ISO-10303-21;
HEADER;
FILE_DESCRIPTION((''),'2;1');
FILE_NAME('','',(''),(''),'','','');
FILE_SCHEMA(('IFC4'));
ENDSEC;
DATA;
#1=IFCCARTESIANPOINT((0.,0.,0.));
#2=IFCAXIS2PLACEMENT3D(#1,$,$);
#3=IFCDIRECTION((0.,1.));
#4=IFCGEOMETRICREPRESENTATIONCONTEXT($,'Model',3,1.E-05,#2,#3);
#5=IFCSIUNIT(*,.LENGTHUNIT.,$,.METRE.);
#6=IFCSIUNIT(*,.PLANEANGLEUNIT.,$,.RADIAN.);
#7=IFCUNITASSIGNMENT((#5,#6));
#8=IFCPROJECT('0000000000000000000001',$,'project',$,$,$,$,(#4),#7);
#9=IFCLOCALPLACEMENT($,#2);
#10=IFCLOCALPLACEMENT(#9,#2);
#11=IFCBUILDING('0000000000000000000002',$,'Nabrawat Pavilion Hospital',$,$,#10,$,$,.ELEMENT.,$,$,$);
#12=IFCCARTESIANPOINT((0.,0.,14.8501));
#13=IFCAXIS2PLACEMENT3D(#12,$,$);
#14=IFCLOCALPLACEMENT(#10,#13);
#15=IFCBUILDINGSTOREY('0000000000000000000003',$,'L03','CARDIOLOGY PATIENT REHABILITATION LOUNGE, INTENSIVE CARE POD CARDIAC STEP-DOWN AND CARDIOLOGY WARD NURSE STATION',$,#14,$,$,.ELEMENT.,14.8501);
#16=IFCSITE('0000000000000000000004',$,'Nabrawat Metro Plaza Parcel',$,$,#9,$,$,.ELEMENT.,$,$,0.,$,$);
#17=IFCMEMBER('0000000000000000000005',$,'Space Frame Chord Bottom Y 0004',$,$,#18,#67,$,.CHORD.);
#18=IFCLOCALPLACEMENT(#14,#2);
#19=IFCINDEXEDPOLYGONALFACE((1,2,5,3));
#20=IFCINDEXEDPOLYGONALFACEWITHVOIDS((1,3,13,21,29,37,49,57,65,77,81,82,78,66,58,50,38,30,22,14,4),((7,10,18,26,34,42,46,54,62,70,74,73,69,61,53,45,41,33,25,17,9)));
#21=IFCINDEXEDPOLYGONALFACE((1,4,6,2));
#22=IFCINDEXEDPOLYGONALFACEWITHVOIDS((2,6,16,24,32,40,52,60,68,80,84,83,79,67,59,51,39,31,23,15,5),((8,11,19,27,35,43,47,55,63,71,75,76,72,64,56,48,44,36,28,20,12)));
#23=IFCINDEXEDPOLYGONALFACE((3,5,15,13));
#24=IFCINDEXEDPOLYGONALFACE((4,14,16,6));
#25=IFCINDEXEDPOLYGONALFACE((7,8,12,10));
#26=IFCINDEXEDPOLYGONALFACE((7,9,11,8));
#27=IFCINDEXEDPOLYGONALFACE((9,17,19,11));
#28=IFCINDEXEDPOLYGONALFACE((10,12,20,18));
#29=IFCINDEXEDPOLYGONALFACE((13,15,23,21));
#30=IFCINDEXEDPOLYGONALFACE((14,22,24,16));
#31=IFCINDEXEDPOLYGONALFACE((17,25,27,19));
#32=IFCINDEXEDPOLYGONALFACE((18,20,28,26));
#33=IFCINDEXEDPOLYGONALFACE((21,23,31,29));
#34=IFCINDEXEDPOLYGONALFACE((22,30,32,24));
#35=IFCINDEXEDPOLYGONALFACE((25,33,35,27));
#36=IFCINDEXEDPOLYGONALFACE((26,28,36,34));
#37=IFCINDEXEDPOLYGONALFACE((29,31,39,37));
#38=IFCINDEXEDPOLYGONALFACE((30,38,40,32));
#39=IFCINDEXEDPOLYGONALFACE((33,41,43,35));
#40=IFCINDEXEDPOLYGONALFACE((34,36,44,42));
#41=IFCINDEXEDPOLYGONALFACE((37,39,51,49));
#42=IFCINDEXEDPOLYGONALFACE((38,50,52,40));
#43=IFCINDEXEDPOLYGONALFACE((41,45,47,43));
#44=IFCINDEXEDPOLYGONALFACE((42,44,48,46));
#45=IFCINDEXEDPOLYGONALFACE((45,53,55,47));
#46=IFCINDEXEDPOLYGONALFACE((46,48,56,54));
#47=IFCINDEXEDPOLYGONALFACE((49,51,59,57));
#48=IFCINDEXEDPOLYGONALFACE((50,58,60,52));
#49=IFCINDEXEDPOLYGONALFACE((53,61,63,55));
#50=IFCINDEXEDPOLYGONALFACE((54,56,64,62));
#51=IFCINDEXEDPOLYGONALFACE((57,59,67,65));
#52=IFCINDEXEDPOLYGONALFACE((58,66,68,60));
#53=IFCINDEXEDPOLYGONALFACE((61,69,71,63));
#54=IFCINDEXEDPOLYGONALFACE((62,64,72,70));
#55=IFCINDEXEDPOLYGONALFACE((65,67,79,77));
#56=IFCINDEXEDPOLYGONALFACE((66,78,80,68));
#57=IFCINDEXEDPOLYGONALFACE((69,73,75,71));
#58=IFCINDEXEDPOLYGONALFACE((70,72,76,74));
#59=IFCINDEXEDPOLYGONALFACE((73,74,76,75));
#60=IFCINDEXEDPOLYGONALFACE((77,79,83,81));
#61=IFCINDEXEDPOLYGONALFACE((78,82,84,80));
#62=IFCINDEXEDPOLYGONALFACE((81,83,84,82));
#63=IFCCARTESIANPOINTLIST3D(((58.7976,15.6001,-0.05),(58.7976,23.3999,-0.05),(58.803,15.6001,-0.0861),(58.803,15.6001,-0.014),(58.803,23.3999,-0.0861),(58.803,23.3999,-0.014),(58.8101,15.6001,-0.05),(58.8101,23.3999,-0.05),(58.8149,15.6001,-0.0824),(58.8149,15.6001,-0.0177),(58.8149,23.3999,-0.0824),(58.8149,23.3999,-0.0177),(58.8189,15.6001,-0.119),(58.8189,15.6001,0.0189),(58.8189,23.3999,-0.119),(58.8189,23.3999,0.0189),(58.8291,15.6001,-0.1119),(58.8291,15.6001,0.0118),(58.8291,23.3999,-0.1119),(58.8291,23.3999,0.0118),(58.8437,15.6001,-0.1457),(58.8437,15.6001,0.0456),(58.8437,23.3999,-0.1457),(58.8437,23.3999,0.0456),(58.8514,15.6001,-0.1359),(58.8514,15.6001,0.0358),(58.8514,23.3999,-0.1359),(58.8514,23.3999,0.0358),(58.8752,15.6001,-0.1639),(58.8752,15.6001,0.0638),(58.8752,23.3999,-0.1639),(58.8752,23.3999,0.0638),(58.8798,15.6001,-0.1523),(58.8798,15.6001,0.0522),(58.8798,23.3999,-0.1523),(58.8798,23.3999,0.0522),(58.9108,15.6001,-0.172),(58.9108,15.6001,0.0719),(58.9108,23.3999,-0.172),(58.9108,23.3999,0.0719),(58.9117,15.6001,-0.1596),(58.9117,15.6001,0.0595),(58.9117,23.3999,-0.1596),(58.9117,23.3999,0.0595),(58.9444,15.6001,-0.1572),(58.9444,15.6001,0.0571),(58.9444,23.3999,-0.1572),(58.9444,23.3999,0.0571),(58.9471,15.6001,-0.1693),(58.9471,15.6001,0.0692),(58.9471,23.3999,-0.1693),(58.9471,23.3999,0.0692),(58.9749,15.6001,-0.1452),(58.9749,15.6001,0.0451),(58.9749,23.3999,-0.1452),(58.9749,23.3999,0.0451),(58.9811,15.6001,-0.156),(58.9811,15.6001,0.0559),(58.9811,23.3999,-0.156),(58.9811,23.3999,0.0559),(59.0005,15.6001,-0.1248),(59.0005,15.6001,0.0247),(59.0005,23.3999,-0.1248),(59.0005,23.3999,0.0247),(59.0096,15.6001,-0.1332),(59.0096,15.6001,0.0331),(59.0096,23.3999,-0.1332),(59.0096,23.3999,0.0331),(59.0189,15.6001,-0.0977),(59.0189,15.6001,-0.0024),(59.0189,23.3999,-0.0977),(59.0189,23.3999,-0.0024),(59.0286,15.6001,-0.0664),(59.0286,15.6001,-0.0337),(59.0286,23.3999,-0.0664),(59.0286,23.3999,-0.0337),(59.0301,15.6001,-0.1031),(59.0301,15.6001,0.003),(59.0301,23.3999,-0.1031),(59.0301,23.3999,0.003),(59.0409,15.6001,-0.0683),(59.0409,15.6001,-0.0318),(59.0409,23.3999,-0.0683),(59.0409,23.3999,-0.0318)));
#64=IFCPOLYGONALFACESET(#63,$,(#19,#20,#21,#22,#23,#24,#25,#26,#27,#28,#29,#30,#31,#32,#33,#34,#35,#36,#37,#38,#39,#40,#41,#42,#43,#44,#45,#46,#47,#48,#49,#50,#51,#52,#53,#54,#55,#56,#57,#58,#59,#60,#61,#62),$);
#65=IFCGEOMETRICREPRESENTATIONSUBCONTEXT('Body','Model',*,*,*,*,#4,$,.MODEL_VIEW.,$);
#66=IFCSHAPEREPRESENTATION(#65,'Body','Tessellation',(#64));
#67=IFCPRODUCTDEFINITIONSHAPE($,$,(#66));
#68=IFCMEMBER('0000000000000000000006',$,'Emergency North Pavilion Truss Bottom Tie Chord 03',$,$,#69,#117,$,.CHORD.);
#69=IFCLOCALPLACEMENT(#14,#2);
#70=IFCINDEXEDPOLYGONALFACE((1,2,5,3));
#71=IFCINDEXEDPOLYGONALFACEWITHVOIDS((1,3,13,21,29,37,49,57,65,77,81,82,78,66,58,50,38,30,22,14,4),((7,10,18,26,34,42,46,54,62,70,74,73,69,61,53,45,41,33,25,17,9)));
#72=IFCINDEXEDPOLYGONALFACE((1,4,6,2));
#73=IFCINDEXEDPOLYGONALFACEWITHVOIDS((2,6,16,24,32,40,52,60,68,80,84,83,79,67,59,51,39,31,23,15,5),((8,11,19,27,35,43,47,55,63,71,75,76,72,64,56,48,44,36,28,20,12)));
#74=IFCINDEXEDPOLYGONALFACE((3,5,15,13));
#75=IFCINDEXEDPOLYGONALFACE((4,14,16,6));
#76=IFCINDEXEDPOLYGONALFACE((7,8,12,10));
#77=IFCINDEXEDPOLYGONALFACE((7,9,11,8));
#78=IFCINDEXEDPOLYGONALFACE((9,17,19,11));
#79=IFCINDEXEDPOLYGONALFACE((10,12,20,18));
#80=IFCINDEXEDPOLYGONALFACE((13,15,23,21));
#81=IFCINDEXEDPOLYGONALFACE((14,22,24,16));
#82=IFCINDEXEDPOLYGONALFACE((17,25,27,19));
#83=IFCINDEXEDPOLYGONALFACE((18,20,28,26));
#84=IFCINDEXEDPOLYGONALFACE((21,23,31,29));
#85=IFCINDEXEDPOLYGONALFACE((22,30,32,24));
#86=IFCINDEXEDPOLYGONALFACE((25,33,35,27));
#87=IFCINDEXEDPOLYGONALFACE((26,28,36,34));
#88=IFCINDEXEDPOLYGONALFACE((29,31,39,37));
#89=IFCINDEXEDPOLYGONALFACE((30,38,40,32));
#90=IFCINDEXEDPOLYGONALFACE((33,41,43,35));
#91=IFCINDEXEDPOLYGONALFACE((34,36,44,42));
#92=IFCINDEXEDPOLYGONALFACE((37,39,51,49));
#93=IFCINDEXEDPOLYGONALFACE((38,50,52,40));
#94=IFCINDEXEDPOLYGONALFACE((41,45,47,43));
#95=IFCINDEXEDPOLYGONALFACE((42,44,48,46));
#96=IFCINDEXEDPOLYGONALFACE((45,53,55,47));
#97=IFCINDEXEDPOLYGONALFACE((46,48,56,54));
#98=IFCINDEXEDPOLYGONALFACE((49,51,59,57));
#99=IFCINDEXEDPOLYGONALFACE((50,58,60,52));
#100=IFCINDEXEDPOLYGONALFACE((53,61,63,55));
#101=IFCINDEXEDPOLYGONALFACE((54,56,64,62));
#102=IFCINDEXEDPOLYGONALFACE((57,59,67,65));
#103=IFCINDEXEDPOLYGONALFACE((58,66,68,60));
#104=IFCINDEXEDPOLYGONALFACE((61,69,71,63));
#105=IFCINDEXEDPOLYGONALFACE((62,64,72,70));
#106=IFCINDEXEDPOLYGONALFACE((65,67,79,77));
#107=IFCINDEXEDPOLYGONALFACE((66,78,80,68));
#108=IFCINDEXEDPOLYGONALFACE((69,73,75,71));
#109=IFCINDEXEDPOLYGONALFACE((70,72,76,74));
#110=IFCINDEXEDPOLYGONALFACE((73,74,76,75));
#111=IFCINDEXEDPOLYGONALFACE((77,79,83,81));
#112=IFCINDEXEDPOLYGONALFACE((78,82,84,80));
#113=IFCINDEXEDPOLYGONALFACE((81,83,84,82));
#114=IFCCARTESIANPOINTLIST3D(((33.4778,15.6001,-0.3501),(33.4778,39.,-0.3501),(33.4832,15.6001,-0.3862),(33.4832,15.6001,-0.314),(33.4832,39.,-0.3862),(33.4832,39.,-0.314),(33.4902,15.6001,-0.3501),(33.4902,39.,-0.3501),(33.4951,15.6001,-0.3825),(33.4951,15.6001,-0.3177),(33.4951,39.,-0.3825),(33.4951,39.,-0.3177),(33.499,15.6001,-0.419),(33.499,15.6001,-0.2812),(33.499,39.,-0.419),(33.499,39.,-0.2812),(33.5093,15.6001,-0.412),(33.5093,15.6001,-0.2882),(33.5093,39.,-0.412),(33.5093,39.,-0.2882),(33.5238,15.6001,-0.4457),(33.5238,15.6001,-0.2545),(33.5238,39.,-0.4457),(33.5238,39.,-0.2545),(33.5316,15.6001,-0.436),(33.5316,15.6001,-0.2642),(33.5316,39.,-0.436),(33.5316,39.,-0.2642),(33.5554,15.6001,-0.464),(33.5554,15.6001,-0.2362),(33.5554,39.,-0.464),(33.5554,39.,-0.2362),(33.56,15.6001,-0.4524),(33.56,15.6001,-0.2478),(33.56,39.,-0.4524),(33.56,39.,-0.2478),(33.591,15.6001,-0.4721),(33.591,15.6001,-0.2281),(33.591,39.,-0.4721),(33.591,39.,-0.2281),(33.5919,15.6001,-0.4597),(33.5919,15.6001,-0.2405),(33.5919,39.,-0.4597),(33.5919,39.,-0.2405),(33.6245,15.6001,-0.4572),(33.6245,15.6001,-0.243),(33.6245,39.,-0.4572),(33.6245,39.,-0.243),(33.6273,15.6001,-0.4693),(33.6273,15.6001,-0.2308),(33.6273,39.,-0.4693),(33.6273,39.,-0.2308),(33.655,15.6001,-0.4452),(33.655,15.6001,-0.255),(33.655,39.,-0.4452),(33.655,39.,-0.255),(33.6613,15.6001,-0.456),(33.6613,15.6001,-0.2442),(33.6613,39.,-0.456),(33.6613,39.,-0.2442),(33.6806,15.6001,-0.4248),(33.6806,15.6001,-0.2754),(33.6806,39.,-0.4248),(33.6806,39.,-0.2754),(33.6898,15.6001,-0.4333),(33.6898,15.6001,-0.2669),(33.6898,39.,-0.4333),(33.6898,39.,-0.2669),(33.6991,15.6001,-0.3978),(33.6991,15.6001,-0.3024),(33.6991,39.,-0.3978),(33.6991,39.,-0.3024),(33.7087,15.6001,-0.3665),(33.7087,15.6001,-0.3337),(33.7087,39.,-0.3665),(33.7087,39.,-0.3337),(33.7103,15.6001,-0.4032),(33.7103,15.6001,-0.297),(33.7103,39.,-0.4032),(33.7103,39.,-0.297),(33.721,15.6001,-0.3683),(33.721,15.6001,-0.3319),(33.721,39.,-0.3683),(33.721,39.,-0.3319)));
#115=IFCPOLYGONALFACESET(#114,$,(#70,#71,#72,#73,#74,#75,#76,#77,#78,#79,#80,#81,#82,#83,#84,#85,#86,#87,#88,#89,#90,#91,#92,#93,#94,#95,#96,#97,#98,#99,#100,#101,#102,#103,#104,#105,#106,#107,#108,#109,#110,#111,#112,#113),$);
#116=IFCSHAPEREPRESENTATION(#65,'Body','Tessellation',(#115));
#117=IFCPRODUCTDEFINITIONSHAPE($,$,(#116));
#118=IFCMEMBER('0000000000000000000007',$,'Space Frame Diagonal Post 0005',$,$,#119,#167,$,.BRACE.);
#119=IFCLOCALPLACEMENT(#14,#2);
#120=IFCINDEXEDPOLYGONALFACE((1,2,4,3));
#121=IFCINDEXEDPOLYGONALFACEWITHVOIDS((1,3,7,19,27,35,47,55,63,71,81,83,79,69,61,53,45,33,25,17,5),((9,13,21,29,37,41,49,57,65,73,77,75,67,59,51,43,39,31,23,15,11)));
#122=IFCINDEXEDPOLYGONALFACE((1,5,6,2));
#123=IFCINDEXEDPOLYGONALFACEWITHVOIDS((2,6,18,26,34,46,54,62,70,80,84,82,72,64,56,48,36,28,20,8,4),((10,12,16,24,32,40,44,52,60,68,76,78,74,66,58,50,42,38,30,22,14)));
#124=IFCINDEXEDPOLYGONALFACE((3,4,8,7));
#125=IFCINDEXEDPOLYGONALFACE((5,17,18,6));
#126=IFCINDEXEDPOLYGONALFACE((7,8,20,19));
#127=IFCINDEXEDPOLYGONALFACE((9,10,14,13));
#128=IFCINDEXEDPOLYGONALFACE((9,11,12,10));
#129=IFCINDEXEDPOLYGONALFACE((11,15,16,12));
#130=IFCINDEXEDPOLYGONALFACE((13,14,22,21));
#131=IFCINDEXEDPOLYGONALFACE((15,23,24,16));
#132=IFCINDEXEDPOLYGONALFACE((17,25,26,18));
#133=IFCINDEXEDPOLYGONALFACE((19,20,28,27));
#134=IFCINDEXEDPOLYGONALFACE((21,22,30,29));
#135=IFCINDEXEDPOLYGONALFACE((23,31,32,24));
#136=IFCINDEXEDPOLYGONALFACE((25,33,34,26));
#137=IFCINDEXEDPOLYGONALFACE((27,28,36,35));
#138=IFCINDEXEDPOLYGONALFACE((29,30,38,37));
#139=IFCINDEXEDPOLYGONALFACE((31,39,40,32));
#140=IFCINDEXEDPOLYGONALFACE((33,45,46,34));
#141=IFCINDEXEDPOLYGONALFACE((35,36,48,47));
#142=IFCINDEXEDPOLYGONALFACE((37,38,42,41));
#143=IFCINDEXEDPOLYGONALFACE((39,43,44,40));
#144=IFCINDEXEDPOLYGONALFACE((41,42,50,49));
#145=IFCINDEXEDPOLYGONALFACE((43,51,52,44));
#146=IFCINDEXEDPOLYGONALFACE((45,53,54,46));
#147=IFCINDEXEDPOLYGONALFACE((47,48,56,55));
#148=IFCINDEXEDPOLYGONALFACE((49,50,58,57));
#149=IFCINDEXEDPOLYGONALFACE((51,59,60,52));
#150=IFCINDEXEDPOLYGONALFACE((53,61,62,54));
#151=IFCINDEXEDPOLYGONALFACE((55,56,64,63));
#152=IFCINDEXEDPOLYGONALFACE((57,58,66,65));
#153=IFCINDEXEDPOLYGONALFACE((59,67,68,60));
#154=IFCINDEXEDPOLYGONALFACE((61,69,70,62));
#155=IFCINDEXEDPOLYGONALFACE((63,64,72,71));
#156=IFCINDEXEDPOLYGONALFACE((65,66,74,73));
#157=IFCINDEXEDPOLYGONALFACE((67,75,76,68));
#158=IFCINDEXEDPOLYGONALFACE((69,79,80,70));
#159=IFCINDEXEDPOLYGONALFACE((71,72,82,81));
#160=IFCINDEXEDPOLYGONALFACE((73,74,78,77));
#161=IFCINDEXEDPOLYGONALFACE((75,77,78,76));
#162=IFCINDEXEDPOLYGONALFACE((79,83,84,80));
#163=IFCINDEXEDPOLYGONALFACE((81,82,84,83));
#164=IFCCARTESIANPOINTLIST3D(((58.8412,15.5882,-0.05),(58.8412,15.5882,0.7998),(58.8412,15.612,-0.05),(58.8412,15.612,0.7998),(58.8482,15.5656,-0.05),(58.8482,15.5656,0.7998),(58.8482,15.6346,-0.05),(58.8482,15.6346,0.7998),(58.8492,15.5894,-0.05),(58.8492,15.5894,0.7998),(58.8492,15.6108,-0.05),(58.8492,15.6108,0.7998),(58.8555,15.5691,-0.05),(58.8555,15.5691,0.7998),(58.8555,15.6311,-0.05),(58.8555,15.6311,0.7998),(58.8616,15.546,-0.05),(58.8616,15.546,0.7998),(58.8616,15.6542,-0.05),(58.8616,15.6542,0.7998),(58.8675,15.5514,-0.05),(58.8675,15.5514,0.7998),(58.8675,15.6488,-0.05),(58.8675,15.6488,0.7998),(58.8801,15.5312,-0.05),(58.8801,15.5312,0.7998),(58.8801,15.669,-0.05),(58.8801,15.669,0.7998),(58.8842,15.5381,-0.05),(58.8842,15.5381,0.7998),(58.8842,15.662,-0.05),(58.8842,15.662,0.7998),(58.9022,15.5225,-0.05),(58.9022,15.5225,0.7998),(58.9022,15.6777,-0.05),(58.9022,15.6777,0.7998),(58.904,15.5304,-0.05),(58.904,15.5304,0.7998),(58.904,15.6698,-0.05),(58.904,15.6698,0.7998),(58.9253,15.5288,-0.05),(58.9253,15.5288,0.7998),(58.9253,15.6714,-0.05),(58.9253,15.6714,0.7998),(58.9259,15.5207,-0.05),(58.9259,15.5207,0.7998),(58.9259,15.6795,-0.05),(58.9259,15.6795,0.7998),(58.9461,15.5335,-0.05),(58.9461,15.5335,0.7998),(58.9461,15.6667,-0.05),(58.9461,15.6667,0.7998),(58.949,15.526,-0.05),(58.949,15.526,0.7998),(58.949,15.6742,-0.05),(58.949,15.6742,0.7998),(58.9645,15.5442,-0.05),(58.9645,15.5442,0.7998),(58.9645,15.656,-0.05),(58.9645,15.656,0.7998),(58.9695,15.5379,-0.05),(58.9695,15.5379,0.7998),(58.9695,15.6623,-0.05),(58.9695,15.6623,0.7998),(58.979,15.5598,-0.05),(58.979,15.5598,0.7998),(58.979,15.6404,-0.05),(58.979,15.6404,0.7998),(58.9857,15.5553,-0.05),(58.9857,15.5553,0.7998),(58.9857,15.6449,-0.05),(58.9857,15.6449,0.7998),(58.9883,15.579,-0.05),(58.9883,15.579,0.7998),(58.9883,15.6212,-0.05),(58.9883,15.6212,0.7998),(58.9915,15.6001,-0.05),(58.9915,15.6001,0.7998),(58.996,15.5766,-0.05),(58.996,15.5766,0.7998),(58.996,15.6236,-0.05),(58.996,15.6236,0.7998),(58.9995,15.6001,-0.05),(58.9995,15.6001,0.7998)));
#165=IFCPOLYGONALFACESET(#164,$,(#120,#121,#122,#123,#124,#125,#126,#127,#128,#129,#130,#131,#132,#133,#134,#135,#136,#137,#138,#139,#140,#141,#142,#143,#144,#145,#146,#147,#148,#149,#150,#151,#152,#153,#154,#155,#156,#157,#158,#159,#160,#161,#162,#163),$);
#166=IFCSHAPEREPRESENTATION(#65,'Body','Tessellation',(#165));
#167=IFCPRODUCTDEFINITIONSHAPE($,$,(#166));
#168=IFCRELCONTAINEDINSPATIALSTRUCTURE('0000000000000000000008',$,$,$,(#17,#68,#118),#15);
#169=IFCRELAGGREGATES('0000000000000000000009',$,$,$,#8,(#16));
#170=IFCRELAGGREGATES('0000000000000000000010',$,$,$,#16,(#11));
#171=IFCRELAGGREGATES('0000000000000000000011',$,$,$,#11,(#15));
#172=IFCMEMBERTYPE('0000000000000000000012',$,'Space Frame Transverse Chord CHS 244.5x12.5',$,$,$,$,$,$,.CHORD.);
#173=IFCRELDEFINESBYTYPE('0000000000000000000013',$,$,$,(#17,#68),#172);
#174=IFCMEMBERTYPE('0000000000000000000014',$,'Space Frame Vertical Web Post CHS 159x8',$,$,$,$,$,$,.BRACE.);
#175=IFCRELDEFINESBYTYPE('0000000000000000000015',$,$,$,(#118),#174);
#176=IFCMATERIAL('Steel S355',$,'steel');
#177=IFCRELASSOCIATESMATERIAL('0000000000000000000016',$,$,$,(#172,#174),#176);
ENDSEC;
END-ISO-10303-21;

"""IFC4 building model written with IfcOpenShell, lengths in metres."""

from ifc_helpers import new_model, si_unit, direction, frame, origin, origin_2d, place, context, subcontext, project, spatial, hollow_circle, extrude, material, material_profile, profile_set, type_object, element, save


model = new_model("IFC4")

# Units and contexts
model_context = context("Model", 3, precision=1e-05, world=origin(), true_north=direction((0.0, 1.0)))
body_context = subcontext(model_context, "Body", "Model", "MODEL_VIEW")
ifc_project = project(units=[si_unit("LENGTHUNIT", "METRE"), si_unit("PLANEANGLEUNIT", "RADIAN")], contexts=[model_context])

# Site, building, storey
site_placement = place(None, origin())
site = spatial("IfcSite", under=ifc_project, at=site_placement, Name="Nabrawat Metro Plaza Parcel", CompositionType="ELEMENT", RefElevation=0.0)
building_placement = place(site_placement, origin())
building = spatial("IfcBuilding", under=site, at=building_placement, Name="Nabrawat Pavilion Hospital", CompositionType="ELEMENT")
storey_placement = place(building_placement, frame((0.0, 0.0, 14.8501)))
storey = spatial("IfcBuildingStorey", under=building, at=storey_placement, Name="L03", Description="CARDIOLOGY PATIENT REHABILITATION LOUNGE, INTENSIVE CARE POD CARDIAC STEP-DOWN AND CARDIOLOGY WARD NURSE STATION", CompositionType="ELEMENT", Elevation=14.8501)

# Shared definitions
ifc_material_1 = material(Name="Steel S355", Category="steel")

# Members
ifc_material_profile_1 = material_profile(ifc_material_1, hollow_circle(Radius=0.1223, WallThickness=0.0125, at=origin_2d()), Name="CHS 244.5x12.5")
ifc_profile_set_1 = profile_set([ifc_material_profile_1], Name="Steel S355")
member_type_1 = type_object("IfcMemberType", Name="Space Frame Transverse Chord CHS 244.5x12.5", PredefinedType="CHORD", material=ifc_profile_set_1)
for number, where, z_axis, x_axis, name in (
    (1, (58.9199, 15.6001, -0.05), (0.0, 1.0, 0.0), (-1.0, 0.0, 0.0), "Space Frame Chord Bottom Y 0004"),
):
    element("IfcMember", number, at=place(storey_placement, frame(where, z_axis=z_axis, x_axis=x_axis)), inside=storey, type_object=member_type_1, Name=name, PredefinedType="CHORD", context=body_context, shape_type="SweptSolid", body=[
        extrude(hollow_circle(Radius=0.1223, WallThickness=0.0125, at=origin_2d()), origin(), (0.0, 0.0, 1.0), 7.7998),
    ])
member_1_placement = place(storey_placement, frame((33.6001, 15.6001, -0.3501), z_axis=(0.0, 1.0, 0.0), x_axis=(-1.0, 0.0, 0.0)))
element("IfcMember", 2, at=member_1_placement, inside=storey, type_object=member_type_1, Name="Emergency North Pavilion Truss Bottom Tie Chord 03", PredefinedType="CHORD", context=body_context, shape_type="SweptSolid", body=[
    extrude(hollow_circle(Radius=0.1223, WallThickness=0.0125, at=origin_2d()), origin(), (0.0, 0.0, 1.0), 23.3999),
])
ifc_material_profile_2 = material_profile(ifc_material_1, hollow_circle(Radius=0.0796, WallThickness=0.0081, at=origin_2d()), Name="CHS 159x8")
ifc_profile_set_2 = profile_set([ifc_material_profile_2], Name="Steel S355")
member_type_2 = type_object("IfcMemberType", Name="Space Frame Vertical Web Post CHS 159x8", PredefinedType="BRACE", material=ifc_profile_set_2)
member_2_placement = place(storey_placement, frame((58.9199, 15.6001, -0.05), z_axis=(0.0, 0.0, 1.0), x_axis=(1.0, 0.0, 0.0)))
element("IfcMember", 3, at=member_2_placement, inside=storey, type_object=member_type_2, Name="Space Frame Diagonal Post 0005", PredefinedType="BRACE", context=body_context, shape_type="SweptSolid", body=[
    extrude(hollow_circle(Radius=0.0796, WallThickness=0.0081, at=origin_2d()), origin(), (0.0, 0.0, 1.0), 0.8499),
])

save(model, "model.ifc")
